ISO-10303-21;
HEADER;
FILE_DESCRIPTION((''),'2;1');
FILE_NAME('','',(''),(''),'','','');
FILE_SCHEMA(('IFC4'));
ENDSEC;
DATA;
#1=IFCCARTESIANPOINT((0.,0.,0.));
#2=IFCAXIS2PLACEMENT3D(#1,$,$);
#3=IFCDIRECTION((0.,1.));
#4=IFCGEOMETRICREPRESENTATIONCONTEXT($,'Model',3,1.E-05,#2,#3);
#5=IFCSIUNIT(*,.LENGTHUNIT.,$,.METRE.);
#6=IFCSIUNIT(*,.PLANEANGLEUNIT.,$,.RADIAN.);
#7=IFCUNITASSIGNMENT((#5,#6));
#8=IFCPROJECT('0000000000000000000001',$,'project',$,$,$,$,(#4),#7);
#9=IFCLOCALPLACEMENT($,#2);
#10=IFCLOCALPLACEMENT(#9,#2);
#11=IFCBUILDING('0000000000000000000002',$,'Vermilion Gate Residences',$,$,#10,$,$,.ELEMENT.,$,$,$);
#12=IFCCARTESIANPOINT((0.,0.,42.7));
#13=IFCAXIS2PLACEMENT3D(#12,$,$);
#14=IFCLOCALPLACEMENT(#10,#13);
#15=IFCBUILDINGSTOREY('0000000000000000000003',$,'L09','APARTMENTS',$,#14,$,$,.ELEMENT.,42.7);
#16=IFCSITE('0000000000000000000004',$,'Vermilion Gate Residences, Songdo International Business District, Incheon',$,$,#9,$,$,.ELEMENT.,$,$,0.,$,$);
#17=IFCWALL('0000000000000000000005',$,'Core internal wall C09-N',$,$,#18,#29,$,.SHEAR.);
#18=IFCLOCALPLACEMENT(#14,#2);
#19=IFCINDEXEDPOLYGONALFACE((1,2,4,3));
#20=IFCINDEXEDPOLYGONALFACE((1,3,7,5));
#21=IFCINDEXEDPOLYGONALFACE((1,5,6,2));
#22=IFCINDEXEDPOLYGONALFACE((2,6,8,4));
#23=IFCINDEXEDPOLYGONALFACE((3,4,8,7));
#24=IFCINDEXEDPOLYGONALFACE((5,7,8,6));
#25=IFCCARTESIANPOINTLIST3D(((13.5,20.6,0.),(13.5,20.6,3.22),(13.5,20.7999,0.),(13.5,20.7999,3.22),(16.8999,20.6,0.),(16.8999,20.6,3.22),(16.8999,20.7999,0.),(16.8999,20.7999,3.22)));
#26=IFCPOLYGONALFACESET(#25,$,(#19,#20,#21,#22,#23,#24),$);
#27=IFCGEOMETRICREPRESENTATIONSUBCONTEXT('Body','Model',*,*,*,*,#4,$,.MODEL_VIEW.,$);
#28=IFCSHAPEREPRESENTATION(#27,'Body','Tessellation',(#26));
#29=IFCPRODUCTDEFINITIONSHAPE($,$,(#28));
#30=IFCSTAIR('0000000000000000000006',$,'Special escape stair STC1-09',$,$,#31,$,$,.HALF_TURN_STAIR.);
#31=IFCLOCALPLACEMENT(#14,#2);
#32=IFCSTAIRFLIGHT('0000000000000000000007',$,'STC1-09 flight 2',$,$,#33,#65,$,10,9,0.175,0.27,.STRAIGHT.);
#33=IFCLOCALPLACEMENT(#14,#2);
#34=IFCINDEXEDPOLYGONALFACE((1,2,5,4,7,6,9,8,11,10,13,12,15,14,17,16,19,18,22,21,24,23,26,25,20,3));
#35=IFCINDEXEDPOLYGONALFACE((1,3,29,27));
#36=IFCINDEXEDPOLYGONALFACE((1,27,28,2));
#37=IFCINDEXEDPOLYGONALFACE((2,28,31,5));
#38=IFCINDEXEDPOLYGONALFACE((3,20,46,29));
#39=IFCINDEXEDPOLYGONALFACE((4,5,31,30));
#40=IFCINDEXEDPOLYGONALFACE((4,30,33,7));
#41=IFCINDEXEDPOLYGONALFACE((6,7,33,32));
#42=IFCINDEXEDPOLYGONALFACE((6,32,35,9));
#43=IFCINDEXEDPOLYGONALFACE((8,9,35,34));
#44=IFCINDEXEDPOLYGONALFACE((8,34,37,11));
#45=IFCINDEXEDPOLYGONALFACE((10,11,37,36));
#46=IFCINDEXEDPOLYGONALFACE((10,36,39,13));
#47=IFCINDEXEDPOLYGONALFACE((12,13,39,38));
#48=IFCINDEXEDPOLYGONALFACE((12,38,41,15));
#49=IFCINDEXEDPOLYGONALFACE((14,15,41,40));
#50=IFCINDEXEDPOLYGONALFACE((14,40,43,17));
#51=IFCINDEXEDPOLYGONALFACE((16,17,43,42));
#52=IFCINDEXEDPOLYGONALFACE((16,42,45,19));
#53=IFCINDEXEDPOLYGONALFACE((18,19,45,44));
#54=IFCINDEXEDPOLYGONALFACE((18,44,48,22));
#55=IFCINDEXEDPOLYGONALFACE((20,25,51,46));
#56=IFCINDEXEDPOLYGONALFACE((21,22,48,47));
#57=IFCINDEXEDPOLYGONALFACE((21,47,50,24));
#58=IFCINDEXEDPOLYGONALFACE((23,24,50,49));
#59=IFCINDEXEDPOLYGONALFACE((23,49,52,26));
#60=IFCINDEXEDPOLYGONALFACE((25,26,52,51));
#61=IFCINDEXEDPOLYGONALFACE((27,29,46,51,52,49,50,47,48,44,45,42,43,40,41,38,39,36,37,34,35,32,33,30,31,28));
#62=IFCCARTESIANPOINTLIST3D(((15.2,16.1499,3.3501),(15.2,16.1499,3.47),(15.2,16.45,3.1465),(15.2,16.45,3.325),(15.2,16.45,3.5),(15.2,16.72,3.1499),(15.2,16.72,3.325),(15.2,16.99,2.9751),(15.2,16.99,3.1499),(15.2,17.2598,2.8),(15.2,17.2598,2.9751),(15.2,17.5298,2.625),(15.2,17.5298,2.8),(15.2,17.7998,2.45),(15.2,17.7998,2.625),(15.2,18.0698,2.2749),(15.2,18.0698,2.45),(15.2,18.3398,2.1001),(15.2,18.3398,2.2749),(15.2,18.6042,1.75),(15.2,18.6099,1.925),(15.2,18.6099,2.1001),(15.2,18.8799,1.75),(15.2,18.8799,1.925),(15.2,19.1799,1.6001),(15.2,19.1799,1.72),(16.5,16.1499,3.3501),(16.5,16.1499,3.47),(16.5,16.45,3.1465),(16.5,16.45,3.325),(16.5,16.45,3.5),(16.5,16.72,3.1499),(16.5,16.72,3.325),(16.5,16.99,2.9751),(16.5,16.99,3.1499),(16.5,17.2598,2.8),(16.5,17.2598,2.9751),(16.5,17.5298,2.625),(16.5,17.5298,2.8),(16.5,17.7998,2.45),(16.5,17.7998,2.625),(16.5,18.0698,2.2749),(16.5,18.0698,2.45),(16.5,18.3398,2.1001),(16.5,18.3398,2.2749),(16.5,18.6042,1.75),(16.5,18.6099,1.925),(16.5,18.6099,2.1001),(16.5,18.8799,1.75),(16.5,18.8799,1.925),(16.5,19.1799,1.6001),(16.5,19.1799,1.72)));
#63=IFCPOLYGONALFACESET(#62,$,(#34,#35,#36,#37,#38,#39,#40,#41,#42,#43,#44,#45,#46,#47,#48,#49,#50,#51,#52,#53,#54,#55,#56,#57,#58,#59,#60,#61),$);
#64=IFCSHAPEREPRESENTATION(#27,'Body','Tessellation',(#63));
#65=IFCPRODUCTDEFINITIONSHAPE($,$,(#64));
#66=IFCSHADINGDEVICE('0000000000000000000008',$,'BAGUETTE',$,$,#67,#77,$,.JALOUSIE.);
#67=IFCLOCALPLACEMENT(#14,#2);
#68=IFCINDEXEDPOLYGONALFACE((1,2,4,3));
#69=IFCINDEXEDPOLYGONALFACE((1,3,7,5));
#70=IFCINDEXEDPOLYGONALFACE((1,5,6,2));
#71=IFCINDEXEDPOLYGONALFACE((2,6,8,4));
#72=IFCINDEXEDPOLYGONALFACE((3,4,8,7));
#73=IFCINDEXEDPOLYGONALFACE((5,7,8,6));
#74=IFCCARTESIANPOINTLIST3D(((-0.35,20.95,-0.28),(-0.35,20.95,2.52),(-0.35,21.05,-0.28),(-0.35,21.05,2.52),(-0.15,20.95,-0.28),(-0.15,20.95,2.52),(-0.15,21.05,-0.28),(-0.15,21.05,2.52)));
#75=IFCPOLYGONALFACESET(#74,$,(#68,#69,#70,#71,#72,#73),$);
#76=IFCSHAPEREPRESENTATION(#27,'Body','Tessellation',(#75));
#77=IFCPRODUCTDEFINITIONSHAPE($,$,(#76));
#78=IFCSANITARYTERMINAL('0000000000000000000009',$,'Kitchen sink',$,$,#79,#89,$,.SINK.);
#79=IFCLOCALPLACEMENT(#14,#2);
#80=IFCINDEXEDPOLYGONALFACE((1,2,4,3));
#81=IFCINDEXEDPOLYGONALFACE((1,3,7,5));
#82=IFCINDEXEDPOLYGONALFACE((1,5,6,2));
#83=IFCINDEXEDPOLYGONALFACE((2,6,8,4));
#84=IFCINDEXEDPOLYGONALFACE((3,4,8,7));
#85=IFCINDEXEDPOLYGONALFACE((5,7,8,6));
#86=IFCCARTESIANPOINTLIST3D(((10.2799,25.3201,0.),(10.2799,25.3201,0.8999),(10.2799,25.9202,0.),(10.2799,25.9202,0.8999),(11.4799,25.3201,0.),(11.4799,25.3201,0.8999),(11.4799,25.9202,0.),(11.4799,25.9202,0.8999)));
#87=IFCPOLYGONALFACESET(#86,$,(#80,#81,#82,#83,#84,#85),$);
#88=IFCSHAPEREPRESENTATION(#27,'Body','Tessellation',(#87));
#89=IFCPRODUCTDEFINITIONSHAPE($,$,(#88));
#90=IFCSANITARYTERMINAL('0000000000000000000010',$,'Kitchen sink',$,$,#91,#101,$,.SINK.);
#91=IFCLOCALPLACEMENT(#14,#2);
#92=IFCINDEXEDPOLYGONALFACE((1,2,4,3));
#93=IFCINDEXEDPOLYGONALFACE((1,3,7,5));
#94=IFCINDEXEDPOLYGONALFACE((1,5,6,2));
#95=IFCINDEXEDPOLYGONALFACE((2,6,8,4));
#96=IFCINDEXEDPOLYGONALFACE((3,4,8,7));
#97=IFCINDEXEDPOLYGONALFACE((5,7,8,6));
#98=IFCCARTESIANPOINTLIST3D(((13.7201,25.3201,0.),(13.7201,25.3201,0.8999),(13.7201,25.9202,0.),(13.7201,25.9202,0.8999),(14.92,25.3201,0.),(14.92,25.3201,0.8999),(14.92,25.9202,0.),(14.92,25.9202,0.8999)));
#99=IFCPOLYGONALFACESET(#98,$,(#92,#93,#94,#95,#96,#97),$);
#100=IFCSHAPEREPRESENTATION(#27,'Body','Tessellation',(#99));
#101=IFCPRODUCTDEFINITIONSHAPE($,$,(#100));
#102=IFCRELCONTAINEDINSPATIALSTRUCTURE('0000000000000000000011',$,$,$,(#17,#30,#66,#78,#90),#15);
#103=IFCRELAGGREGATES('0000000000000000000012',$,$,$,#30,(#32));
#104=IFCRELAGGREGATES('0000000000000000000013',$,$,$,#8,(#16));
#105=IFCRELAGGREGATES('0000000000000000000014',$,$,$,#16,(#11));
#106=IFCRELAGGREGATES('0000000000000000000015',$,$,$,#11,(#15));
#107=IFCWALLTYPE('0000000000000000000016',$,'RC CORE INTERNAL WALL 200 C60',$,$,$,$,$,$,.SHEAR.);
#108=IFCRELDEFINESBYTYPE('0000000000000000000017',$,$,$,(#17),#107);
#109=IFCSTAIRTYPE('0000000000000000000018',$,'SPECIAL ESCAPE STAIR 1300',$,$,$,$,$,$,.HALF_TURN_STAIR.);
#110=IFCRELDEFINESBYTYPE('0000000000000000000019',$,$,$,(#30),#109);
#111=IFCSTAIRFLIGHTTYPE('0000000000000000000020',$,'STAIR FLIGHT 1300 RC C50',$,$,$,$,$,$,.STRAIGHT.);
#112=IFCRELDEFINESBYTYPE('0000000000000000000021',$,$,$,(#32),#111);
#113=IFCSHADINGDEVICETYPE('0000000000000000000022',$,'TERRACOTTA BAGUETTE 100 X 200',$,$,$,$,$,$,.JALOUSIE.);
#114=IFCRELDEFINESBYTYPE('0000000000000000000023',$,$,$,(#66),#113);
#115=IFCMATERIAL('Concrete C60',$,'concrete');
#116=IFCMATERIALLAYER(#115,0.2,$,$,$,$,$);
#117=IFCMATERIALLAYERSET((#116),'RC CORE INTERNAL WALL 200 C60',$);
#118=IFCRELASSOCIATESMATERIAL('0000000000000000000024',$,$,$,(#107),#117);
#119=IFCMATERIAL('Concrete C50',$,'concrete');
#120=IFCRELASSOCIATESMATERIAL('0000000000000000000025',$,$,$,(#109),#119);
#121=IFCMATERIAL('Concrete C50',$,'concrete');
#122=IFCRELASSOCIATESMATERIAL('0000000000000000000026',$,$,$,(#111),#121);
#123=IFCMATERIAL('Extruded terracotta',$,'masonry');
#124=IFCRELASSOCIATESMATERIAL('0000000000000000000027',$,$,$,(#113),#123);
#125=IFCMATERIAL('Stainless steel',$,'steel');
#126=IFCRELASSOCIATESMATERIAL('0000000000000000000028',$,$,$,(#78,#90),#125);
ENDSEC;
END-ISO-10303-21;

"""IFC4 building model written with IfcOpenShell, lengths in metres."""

from ifc_helpers import new_model, si_unit, direction, frame, frame_2d, origin, origin_2d, place, context, subcontext, project, spatial, polyline, rectangle, outline, extrude, material, layer, layer_set, material_profile, profile_set, type_object, element, aggregate, save


model = new_model("IFC4")

# Units and contexts
model_context = context("Model", 3, precision=1e-05, world=origin(), true_north=direction((0.0, 1.0)))
body_context = subcontext(model_context, "Body", "Model", "MODEL_VIEW")
ifc_project = project(units=[si_unit("LENGTHUNIT", "METRE"), si_unit("PLANEANGLEUNIT", "RADIAN")], contexts=[model_context])

# Site, building, storey
site_placement = place(None, origin())
site = spatial("IfcSite", under=ifc_project, at=site_placement, Name="Vermilion Gate Residences, Songdo International Business District, Incheon", CompositionType="ELEMENT", RefElevation=0.0)
building_placement = place(site_placement, origin())
building = spatial("IfcBuilding", under=site, at=building_placement, Name="Vermilion Gate Residences", CompositionType="ELEMENT")
storey_placement = place(building_placement, frame((0.0, 0.0, 42.7)))
storey = spatial("IfcBuildingStorey", under=building, at=storey_placement, Name="L09", Description="APARTMENTS", CompositionType="ELEMENT", Elevation=42.7)

# Wall
ifc_material_1 = material(Name="Concrete C60", Category="concrete")
ifc_layer_1 = layer(ifc_material_1, 0.2)
ifc_layer_set_1 = layer_set([ifc_layer_1], Name="RC CORE INTERNAL WALL 200 C60")
wall_type_1 = type_object("IfcWallType", Name="RC CORE INTERNAL WALL 200 C60", PredefinedType="SHEAR", material=ifc_layer_set_1)
wall_1_placement = place(storey_placement, frame((13.5, 20.7, 0.0), z_axis=(0.0, 0.0, 1.0), x_axis=(1.0, 0.0, 0.0)))
element("IfcWall", 1, at=wall_1_placement, inside=storey, type_object=wall_type_1, Name="Core internal wall C09-N", PredefinedType="SHEAR", context=body_context, shape_type="SweptSolid", body=[
    extrude(rectangle(XDim=3.3999, YDim=0.2, at=frame_2d((1.7, 0.0))), origin(), (0.0, 0.0, 1.0), 3.22),
])

# Stair, stair flight
ifc_material_2 = material(Name="Concrete C50", Category="concrete")
stair_type = type_object("IfcStairType", Name="SPECIAL ESCAPE STAIR 1300", PredefinedType="HALF_TURN_STAIR", material=ifc_material_2)
stair_placement = place(storey_placement, origin())
stair = element("IfcStair", 2, at=stair_placement, inside=storey, type_object=stair_type, Name="Special escape stair STC1-09", PredefinedType="HALF_TURN_STAIR")
ifc_material_3 = material(Name="Concrete C50", Category="concrete")
stair_flight_type = type_object("IfcStairFlightType", Name="STAIR FLIGHT 1300 RC C50", PredefinedType="STRAIGHT", material=ifc_material_3)
stair_flight_placement = place(storey_placement, frame((15.8501, 18.8799, 1.75), z_axis=(0.0, 0.0, 1.0), x_axis=(0.0, -1.0, 0.0)))
stair_flight = element("IfcStairFlight", 3, at=stair_flight_placement, type_object=stair_flight_type, Name="STC1-09 flight 2", NumberOfRisers=10, NumberOfTreads=9, PredefinedType="STRAIGHT", RiserHeight=0.175, TreadLength=0.27, context=body_context, shape_type="SweptSolid", body=[
    extrude(outline(polyline([(-0.3, -0.1499), (-0.3, -0.03), (0.0, 0.0), (0.0, 0.175), (0.27, 0.175), (0.27, 0.3501), (0.54, 0.3501), (0.54, 0.5249), (0.8101, 0.5249), (0.8101, 0.7), (1.0801, 0.7), (1.0801, 0.875), (1.3501, 0.875), (1.3501, 1.05), (1.6201, 1.05), (1.6201, 1.2251), (1.8899, 1.2251), (1.8899, 1.3999), (2.1599, 1.3999), (2.1599, 1.575), (2.4299, 1.575), (2.4299, 1.75), (2.73, 1.72), (2.73, 1.6001), (2.4299, 1.3965), (0.2756, 0.0), (-0.3, -0.1499)])), frame((0.0, 0.6499, 0.0), z_axis=(0.0, -1.0, 0.0), x_axis=(1.0, 0.0, 0.0)), (0.0, 0.0, 1.0), 1.3),
])
aggregate(stair, [stair_flight])

# Shading device
ifc_material_4 = material(Name="Extruded terracotta", Category="masonry")
ifc_material_profile_1 = material_profile(ifc_material_4, rectangle(XDim=0.2, YDim=0.1001, at=origin_2d()), Name="BAGUETTE 100 X 200")
ifc_profile_set_1 = profile_set([ifc_material_profile_1], Name="Extruded terracotta")
shading_device_type = type_object("IfcShadingDeviceType", Name="TERRACOTTA BAGUETTE 100 X 200", PredefinedType="JALOUSIE", material=ifc_profile_set_1)
shading_device_placement = place(storey_placement, frame((-0.25, 21.0, -0.28), z_axis=(0.0, 0.0, 1.0), x_axis=(1.0, 0.0, 0.0)))
element("IfcShadingDevice", 4, at=shading_device_placement, inside=storey, type_object=shading_device_type, Name="BAGUETTE", PredefinedType="JALOUSIE", context=body_context, shape_type="SweptSolid", body=[
    extrude(rectangle(XDim=0.2, YDim=0.1001, at=origin_2d()), origin(), (0.0, 0.0, 1.0), 2.8),
])

# Sanitary terminals
ifc_material_5 = material(Name="Stainless steel", Category="steel")
for number, where, z_axis, x_axis, name in (
    (5, (10.8799, 25.6201, 0.0), (0.0, 0.0, 1.0), (1.0, 0.0, 0.0), "Kitchen sink"),
    (6, (14.3201, 25.6201, 0.0), (0.0, 0.0, 1.0), (1.0, 0.0, 0.0), "Kitchen sink"),
):
    element("IfcSanitaryTerminal", number, at=place(storey_placement, frame(where, z_axis=z_axis, x_axis=x_axis)), inside=storey, material=ifc_material_5, Name=name, PredefinedType="SINK", context=body_context, shape_type="SweptSolid", body=[
        extrude(rectangle(XDim=1.2, YDim=0.6001, at=origin_2d()), origin(), (0.0, 0.0, 1.0), 0.8999),
    ])

save(model, "model.ifc")
